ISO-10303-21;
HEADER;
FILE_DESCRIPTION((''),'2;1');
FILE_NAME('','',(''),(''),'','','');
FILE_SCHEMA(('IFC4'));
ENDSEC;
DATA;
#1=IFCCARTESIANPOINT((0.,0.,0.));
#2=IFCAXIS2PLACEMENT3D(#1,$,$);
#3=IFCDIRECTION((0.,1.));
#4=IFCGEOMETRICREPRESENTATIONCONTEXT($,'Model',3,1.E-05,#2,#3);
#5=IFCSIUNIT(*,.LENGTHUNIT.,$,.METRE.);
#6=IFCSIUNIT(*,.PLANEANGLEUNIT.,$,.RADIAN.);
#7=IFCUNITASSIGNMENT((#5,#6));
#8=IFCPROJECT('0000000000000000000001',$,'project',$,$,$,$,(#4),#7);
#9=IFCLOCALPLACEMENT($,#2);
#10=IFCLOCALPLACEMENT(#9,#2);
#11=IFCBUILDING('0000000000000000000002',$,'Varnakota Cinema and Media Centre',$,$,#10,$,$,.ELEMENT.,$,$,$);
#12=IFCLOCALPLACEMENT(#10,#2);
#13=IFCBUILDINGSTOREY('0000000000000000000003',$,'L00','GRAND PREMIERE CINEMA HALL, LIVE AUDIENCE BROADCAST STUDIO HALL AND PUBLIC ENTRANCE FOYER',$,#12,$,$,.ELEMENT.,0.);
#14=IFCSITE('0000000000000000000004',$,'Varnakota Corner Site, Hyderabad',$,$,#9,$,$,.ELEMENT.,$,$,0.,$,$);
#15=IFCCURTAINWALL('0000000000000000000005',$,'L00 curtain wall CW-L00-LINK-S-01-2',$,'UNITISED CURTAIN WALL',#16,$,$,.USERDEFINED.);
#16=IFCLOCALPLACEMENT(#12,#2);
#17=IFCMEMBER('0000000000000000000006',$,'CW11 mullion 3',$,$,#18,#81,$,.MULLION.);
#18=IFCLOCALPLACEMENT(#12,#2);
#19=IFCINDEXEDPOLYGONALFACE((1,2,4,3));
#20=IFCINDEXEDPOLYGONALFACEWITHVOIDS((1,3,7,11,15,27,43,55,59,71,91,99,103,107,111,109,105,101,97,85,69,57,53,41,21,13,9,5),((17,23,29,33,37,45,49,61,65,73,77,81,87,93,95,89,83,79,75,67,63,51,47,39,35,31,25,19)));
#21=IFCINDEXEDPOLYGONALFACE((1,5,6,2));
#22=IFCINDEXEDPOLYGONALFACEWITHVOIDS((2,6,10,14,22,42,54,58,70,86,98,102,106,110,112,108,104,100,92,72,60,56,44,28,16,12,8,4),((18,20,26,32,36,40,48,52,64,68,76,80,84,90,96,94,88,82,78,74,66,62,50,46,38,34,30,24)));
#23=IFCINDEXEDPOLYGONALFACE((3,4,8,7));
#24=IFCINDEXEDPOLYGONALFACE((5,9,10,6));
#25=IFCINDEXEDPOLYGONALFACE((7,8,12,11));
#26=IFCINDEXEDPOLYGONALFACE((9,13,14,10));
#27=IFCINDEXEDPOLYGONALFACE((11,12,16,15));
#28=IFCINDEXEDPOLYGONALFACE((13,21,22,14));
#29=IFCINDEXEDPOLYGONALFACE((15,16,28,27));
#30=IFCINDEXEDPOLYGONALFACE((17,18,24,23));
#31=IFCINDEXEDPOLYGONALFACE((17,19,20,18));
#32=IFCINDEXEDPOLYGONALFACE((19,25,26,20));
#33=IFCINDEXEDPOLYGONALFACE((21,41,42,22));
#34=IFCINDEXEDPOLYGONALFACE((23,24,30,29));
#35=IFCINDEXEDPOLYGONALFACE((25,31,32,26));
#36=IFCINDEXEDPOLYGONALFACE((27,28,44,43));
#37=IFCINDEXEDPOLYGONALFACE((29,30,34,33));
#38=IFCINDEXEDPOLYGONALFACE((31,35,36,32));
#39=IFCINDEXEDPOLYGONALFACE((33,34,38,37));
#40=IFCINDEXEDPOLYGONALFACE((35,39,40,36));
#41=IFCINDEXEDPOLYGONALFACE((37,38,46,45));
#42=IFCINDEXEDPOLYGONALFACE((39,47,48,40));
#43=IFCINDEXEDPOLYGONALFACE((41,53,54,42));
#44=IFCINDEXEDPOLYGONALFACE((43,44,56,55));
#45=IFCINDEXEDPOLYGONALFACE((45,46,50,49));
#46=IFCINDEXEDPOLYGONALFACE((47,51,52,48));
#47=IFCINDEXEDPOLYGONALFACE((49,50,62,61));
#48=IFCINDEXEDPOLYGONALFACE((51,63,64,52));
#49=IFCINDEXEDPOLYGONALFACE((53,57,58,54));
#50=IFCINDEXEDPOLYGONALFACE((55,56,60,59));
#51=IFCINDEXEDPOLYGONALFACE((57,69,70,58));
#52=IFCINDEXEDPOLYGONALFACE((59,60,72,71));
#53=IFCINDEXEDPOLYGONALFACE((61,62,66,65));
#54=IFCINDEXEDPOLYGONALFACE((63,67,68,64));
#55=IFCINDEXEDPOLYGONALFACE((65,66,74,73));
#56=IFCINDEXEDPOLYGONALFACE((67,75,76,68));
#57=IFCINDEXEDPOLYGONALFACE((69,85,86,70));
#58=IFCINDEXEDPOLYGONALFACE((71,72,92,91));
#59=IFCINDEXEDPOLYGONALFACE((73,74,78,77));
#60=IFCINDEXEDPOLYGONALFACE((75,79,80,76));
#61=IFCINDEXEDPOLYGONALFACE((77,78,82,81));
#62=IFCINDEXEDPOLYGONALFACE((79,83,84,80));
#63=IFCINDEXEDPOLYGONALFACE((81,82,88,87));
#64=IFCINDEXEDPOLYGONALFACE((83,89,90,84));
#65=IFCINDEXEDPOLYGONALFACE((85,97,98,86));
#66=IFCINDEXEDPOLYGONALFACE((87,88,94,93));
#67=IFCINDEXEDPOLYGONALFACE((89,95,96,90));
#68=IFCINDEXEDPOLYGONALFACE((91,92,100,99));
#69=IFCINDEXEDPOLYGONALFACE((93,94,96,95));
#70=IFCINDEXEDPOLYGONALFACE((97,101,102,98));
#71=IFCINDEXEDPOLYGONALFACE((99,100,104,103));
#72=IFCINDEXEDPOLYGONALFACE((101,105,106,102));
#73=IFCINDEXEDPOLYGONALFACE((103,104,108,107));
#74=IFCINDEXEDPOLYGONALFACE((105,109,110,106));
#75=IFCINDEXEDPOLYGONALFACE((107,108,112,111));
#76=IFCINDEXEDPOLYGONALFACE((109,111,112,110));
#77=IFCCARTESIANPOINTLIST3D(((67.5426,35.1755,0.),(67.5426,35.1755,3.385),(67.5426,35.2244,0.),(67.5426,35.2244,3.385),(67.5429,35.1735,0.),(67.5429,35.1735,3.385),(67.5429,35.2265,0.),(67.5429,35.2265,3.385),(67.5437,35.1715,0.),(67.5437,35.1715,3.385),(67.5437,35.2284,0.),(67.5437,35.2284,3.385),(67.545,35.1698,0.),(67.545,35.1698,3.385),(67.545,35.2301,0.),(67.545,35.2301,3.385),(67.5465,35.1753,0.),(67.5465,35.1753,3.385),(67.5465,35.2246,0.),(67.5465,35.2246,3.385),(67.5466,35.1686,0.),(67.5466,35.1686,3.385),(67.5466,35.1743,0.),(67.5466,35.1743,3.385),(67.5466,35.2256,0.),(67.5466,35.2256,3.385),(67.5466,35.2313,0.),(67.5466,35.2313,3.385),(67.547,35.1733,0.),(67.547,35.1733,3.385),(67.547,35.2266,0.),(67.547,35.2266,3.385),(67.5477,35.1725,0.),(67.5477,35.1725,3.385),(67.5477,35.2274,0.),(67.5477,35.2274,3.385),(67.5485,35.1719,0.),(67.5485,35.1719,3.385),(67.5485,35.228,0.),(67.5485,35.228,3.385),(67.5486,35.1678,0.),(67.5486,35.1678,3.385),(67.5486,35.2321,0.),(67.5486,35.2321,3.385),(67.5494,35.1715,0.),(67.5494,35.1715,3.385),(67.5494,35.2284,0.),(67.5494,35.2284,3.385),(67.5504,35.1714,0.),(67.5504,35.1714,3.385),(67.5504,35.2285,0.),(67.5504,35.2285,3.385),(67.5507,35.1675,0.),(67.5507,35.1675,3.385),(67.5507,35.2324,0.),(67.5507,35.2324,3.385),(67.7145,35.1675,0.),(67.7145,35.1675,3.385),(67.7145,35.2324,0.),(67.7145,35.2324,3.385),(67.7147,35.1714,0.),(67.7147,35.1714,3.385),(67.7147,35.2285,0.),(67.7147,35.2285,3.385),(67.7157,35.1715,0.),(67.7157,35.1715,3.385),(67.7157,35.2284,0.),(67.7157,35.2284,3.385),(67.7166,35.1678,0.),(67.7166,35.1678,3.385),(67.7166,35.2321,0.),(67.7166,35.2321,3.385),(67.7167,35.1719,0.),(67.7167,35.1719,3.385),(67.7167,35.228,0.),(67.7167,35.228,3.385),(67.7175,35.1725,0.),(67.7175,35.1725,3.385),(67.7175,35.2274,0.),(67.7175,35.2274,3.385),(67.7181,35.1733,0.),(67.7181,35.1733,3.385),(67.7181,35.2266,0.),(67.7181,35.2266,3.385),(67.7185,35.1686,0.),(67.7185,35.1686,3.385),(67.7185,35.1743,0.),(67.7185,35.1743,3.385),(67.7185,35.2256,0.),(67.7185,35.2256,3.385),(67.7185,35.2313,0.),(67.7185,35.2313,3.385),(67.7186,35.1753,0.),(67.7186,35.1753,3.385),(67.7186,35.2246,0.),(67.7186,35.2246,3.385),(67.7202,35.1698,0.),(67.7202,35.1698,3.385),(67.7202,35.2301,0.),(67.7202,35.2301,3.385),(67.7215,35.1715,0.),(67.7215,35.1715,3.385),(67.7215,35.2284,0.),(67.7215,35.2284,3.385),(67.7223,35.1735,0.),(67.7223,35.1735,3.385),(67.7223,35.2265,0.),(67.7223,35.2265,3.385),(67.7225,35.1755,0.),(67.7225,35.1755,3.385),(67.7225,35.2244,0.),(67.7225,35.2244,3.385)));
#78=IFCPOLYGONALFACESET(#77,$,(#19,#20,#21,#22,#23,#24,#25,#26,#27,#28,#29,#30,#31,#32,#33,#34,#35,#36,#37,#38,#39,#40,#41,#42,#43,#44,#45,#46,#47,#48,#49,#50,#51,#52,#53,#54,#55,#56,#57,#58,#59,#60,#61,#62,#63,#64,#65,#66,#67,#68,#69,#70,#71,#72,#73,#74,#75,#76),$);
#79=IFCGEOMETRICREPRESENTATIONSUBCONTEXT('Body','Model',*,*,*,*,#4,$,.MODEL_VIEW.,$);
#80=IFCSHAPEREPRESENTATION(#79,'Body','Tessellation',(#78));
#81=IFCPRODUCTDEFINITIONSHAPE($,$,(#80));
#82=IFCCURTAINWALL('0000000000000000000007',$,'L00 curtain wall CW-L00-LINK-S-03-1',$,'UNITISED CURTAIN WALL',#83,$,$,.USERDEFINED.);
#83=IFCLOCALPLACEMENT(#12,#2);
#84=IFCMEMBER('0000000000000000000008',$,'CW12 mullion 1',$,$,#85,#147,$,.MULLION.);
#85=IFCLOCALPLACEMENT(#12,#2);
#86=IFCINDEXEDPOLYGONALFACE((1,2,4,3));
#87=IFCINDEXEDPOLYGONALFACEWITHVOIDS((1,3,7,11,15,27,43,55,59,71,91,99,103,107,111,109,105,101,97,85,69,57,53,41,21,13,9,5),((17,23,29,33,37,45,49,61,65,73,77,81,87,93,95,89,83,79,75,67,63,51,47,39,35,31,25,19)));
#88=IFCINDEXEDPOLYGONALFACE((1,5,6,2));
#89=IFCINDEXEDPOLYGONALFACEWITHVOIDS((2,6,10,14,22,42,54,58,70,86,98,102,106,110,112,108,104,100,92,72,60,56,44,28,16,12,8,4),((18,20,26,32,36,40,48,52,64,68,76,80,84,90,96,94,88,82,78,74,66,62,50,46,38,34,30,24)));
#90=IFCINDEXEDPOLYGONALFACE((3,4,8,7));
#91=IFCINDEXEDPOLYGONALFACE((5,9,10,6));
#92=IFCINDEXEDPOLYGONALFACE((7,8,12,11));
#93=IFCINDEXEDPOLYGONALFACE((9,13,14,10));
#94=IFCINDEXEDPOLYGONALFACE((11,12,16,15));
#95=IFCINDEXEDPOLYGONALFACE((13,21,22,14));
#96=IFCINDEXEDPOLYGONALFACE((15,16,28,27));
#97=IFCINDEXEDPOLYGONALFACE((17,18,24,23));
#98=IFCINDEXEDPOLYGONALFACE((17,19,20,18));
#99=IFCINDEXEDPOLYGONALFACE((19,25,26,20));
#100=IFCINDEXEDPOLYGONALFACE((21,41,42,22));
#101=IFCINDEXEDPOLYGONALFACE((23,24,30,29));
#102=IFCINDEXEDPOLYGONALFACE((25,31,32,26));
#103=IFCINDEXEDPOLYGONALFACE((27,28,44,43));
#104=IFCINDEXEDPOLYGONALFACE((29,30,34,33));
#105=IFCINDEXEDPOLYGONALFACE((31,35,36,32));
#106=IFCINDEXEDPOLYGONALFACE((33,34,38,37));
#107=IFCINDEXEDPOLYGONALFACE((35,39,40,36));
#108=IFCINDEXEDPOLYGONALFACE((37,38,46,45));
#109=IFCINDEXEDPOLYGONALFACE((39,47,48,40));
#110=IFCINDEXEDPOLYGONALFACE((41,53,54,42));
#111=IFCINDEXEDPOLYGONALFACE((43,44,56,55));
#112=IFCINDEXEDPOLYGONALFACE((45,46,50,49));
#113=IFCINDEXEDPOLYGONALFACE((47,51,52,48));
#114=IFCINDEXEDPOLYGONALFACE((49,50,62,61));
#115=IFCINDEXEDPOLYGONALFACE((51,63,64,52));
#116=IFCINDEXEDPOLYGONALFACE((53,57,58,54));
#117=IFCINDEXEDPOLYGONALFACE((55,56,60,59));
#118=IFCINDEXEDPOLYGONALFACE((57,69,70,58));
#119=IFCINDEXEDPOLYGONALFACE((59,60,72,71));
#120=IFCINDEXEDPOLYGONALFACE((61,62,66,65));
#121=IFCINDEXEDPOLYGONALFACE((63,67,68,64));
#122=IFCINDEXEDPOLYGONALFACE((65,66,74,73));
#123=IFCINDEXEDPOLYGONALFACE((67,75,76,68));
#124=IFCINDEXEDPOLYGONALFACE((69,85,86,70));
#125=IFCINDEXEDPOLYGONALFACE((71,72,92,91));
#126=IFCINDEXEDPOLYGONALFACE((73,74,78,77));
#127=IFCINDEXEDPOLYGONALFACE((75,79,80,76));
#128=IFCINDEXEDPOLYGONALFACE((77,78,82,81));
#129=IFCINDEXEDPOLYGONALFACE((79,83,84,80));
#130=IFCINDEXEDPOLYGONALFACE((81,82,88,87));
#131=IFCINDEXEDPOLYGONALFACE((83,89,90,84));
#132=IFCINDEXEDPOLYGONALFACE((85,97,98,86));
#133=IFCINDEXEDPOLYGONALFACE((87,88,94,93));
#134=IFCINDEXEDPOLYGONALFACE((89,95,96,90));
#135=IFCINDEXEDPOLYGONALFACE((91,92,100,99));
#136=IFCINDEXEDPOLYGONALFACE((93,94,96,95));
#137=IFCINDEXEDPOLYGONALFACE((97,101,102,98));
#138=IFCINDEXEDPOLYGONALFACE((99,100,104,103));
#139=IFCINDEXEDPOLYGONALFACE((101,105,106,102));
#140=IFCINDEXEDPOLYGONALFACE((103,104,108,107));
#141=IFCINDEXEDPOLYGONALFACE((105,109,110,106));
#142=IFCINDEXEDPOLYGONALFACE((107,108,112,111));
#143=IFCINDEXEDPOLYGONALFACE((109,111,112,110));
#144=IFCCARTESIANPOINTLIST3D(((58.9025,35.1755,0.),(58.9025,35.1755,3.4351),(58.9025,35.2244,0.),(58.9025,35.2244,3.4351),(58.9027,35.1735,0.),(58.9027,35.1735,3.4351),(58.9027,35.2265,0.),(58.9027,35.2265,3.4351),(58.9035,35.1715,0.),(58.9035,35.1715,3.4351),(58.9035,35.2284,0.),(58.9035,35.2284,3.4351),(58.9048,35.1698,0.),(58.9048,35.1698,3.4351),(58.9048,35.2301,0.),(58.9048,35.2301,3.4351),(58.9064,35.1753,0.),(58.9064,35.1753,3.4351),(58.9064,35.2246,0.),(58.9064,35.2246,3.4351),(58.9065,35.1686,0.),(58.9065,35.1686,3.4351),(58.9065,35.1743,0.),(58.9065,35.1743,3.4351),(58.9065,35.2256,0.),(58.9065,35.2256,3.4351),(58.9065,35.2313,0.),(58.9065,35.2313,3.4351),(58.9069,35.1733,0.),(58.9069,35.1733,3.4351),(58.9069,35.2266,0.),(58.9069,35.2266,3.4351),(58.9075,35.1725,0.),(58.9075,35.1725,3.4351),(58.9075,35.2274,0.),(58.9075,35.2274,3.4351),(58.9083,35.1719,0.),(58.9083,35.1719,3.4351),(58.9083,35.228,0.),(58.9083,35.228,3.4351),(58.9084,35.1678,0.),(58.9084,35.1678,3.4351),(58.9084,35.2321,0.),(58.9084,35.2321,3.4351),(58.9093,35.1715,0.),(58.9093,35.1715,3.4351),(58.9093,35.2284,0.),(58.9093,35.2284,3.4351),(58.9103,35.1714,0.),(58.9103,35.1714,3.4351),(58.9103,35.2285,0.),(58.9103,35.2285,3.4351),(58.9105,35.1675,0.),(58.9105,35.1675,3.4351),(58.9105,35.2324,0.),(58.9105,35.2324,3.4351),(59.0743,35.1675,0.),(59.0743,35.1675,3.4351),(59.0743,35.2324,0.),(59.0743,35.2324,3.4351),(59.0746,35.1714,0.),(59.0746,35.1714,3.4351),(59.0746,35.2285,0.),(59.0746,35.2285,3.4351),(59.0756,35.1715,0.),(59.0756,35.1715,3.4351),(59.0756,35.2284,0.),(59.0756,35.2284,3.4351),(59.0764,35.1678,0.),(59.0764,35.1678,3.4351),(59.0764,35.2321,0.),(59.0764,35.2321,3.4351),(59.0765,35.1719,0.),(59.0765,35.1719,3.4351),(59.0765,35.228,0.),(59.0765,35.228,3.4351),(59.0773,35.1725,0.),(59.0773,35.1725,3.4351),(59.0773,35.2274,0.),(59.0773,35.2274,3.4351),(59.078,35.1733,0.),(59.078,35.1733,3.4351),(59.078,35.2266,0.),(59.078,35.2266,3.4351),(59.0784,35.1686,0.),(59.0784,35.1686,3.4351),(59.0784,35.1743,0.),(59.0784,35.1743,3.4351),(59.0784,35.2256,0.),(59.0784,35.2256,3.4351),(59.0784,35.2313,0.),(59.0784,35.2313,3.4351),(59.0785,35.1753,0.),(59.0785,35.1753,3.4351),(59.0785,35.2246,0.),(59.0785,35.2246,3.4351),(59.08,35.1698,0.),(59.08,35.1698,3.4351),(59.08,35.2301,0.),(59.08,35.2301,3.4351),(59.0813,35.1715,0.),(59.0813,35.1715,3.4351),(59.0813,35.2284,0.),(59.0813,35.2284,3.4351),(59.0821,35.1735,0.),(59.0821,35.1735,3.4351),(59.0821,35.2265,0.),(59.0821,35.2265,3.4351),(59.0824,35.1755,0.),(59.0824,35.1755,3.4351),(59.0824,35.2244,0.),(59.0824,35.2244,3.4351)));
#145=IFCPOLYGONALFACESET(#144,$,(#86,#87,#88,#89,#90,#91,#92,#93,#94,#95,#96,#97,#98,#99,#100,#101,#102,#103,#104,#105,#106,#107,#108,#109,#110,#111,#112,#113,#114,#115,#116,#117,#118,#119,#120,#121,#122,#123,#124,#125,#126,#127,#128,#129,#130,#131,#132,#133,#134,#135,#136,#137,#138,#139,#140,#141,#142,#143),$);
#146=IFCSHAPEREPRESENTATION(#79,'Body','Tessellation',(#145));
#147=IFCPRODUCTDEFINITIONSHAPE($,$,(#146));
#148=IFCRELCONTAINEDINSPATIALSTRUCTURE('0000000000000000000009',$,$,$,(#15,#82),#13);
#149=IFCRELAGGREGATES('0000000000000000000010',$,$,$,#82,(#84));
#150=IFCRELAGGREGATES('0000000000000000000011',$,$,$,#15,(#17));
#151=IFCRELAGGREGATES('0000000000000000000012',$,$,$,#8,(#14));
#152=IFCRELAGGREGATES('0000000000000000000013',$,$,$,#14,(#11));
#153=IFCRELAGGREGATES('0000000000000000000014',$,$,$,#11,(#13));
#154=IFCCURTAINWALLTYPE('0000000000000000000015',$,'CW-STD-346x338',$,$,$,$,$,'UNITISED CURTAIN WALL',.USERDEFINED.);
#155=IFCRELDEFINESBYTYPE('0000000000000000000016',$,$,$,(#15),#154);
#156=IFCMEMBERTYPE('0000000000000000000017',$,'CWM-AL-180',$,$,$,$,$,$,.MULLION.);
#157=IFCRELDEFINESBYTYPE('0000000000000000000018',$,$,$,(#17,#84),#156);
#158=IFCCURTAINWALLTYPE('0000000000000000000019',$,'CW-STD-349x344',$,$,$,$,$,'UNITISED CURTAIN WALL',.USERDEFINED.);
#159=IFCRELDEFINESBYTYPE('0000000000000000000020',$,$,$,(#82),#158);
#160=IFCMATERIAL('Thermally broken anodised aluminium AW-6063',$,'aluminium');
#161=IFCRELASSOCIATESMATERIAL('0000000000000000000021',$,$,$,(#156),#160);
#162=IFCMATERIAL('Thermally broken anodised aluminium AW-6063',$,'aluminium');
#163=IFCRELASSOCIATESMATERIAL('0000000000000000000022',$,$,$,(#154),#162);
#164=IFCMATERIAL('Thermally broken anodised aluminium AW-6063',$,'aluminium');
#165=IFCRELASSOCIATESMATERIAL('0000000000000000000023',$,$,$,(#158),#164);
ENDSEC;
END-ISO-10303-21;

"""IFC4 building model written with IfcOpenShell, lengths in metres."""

from ifc_helpers import new_model, si_unit, direction, frame, origin, origin_2d, place, context, subcontext, project, spatial, hollow_rectangle, extrude, material, material_profile, profile_set, type_object, element, aggregate, save


model = new_model("IFC4")

# Units and contexts
model_context = context("Model", 3, precision=1e-05, world=origin(), true_north=direction((0.0, 1.0)))
body_context = subcontext(model_context, "Body", "Model", "MODEL_VIEW")
ifc_project = project(units=[si_unit("LENGTHUNIT", "METRE"), si_unit("PLANEANGLEUNIT", "RADIAN")], contexts=[model_context])

# Site, building, storey
site_placement = place(None, origin())
site = spatial("IfcSite", under=ifc_project, at=site_placement, Name="Varnakota Corner Site, Hyderabad", CompositionType="ELEMENT", RefElevation=0.0)
building_placement = place(site_placement, origin())
building = spatial("IfcBuilding", under=site, at=building_placement, Name="Varnakota Cinema and Media Centre", CompositionType="ELEMENT")
storey_placement = place(building_placement, origin())
storey = spatial("IfcBuildingStorey", under=building, at=storey_placement, Name="L00", Description="GRAND PREMIERE CINEMA HALL, LIVE AUDIENCE BROADCAST STUDIO HALL AND PUBLIC ENTRANCE FOYER", CompositionType="ELEMENT", Elevation=0.0)

# Shared definitions
ifc_material_1 = material(Name="Thermally broken anodised aluminium AW-6063", Category="aluminium")
ifc_material_profile_1 = material_profile(ifc_material_1, hollow_rectangle(XDim=0.0649, YDim=0.1799, WallThickness=0.0039, InnerFilletRadius=0.0039, OuterFilletRadius=0.0081, at=origin_2d()), Name="AL-MULLION 180x65x4")
ifc_profile_set_1 = profile_set([ifc_material_profile_1], Name="Thermally broken anodised aluminium AW-6063")
member_type_1 = type_object("IfcMemberType", Name="CWM-AL-180", PredefinedType="MULLION", material=ifc_profile_set_1)

# Curtain wall, member
ifc_material_2 = material(Name="Thermally broken anodised aluminium AW-6063", Category="aluminium")
curtain_wall_type_1 = type_object("IfcCurtainWallType", Name="CW-STD-346x338", ElementType="UNITISED CURTAIN WALL", PredefinedType="USERDEFINED", material=ifc_material_2)
curtain_wall_1_placement = place(storey_placement, origin())
curtain_wall_1 = element("IfcCurtainWall", 1, at=curtain_wall_1_placement, inside=storey, type_object=curtain_wall_type_1, Name="L00 curtain wall CW-L00-LINK-S-01-2", ObjectType="UNITISED CURTAIN WALL", PredefinedType="USERDEFINED")
member_1_placement = place(storey_placement, frame((67.6326, 35.2, 0.0), z_axis=(0.0, 0.0, 1.0), x_axis=(0.0, -1.0, 0.0)))
member_1 = element("IfcMember", 2, at=member_1_placement, type_object=member_type_1, Name="CW11 mullion 3", PredefinedType="MULLION", context=body_context, shape_type="SweptSolid", body=[
    extrude(hollow_rectangle(XDim=0.0649, YDim=0.1799, WallThickness=0.0039, InnerFilletRadius=0.0039, OuterFilletRadius=0.0081, at=origin_2d()), origin(), (0.0, 0.0, 1.0), 3.385),
])

# Curtain wall, member
ifc_material_3 = material(Name="Thermally broken anodised aluminium AW-6063", Category="aluminium")
curtain_wall_type_2 = type_object("IfcCurtainWallType", Name="CW-STD-349x344", ElementType="UNITISED CURTAIN WALL", PredefinedType="USERDEFINED", material=ifc_material_3)
curtain_wall_2_placement = place(storey_placement, origin())
curtain_wall_2 = element("IfcCurtainWall", 3, at=curtain_wall_2_placement, inside=storey, type_object=curtain_wall_type_2, Name="L00 curtain wall CW-L00-LINK-S-03-1", ObjectType="UNITISED CURTAIN WALL", PredefinedType="USERDEFINED")
member_2_placement = place(storey_placement, frame((58.9924, 35.2, 0.0), z_axis=(0.0, 0.0, 1.0), x_axis=(0.0, -1.0, 0.0)))
member_2 = element("IfcMember", 4, at=member_2_placement, type_object=member_type_1, Name="CW12 mullion 1", PredefinedType="MULLION", context=body_context, shape_type="SweptSolid", body=[
    extrude(hollow_rectangle(XDim=0.0649, YDim=0.1799, WallThickness=0.0039, InnerFilletRadius=0.0039, OuterFilletRadius=0.0081, at=origin_2d()), origin(), (0.0, 0.0, 1.0), 3.4351),
])

aggregate(curtain_wall_2, [member_2])

aggregate(curtain_wall_1, [member_1])

save(model, "model.ifc")
